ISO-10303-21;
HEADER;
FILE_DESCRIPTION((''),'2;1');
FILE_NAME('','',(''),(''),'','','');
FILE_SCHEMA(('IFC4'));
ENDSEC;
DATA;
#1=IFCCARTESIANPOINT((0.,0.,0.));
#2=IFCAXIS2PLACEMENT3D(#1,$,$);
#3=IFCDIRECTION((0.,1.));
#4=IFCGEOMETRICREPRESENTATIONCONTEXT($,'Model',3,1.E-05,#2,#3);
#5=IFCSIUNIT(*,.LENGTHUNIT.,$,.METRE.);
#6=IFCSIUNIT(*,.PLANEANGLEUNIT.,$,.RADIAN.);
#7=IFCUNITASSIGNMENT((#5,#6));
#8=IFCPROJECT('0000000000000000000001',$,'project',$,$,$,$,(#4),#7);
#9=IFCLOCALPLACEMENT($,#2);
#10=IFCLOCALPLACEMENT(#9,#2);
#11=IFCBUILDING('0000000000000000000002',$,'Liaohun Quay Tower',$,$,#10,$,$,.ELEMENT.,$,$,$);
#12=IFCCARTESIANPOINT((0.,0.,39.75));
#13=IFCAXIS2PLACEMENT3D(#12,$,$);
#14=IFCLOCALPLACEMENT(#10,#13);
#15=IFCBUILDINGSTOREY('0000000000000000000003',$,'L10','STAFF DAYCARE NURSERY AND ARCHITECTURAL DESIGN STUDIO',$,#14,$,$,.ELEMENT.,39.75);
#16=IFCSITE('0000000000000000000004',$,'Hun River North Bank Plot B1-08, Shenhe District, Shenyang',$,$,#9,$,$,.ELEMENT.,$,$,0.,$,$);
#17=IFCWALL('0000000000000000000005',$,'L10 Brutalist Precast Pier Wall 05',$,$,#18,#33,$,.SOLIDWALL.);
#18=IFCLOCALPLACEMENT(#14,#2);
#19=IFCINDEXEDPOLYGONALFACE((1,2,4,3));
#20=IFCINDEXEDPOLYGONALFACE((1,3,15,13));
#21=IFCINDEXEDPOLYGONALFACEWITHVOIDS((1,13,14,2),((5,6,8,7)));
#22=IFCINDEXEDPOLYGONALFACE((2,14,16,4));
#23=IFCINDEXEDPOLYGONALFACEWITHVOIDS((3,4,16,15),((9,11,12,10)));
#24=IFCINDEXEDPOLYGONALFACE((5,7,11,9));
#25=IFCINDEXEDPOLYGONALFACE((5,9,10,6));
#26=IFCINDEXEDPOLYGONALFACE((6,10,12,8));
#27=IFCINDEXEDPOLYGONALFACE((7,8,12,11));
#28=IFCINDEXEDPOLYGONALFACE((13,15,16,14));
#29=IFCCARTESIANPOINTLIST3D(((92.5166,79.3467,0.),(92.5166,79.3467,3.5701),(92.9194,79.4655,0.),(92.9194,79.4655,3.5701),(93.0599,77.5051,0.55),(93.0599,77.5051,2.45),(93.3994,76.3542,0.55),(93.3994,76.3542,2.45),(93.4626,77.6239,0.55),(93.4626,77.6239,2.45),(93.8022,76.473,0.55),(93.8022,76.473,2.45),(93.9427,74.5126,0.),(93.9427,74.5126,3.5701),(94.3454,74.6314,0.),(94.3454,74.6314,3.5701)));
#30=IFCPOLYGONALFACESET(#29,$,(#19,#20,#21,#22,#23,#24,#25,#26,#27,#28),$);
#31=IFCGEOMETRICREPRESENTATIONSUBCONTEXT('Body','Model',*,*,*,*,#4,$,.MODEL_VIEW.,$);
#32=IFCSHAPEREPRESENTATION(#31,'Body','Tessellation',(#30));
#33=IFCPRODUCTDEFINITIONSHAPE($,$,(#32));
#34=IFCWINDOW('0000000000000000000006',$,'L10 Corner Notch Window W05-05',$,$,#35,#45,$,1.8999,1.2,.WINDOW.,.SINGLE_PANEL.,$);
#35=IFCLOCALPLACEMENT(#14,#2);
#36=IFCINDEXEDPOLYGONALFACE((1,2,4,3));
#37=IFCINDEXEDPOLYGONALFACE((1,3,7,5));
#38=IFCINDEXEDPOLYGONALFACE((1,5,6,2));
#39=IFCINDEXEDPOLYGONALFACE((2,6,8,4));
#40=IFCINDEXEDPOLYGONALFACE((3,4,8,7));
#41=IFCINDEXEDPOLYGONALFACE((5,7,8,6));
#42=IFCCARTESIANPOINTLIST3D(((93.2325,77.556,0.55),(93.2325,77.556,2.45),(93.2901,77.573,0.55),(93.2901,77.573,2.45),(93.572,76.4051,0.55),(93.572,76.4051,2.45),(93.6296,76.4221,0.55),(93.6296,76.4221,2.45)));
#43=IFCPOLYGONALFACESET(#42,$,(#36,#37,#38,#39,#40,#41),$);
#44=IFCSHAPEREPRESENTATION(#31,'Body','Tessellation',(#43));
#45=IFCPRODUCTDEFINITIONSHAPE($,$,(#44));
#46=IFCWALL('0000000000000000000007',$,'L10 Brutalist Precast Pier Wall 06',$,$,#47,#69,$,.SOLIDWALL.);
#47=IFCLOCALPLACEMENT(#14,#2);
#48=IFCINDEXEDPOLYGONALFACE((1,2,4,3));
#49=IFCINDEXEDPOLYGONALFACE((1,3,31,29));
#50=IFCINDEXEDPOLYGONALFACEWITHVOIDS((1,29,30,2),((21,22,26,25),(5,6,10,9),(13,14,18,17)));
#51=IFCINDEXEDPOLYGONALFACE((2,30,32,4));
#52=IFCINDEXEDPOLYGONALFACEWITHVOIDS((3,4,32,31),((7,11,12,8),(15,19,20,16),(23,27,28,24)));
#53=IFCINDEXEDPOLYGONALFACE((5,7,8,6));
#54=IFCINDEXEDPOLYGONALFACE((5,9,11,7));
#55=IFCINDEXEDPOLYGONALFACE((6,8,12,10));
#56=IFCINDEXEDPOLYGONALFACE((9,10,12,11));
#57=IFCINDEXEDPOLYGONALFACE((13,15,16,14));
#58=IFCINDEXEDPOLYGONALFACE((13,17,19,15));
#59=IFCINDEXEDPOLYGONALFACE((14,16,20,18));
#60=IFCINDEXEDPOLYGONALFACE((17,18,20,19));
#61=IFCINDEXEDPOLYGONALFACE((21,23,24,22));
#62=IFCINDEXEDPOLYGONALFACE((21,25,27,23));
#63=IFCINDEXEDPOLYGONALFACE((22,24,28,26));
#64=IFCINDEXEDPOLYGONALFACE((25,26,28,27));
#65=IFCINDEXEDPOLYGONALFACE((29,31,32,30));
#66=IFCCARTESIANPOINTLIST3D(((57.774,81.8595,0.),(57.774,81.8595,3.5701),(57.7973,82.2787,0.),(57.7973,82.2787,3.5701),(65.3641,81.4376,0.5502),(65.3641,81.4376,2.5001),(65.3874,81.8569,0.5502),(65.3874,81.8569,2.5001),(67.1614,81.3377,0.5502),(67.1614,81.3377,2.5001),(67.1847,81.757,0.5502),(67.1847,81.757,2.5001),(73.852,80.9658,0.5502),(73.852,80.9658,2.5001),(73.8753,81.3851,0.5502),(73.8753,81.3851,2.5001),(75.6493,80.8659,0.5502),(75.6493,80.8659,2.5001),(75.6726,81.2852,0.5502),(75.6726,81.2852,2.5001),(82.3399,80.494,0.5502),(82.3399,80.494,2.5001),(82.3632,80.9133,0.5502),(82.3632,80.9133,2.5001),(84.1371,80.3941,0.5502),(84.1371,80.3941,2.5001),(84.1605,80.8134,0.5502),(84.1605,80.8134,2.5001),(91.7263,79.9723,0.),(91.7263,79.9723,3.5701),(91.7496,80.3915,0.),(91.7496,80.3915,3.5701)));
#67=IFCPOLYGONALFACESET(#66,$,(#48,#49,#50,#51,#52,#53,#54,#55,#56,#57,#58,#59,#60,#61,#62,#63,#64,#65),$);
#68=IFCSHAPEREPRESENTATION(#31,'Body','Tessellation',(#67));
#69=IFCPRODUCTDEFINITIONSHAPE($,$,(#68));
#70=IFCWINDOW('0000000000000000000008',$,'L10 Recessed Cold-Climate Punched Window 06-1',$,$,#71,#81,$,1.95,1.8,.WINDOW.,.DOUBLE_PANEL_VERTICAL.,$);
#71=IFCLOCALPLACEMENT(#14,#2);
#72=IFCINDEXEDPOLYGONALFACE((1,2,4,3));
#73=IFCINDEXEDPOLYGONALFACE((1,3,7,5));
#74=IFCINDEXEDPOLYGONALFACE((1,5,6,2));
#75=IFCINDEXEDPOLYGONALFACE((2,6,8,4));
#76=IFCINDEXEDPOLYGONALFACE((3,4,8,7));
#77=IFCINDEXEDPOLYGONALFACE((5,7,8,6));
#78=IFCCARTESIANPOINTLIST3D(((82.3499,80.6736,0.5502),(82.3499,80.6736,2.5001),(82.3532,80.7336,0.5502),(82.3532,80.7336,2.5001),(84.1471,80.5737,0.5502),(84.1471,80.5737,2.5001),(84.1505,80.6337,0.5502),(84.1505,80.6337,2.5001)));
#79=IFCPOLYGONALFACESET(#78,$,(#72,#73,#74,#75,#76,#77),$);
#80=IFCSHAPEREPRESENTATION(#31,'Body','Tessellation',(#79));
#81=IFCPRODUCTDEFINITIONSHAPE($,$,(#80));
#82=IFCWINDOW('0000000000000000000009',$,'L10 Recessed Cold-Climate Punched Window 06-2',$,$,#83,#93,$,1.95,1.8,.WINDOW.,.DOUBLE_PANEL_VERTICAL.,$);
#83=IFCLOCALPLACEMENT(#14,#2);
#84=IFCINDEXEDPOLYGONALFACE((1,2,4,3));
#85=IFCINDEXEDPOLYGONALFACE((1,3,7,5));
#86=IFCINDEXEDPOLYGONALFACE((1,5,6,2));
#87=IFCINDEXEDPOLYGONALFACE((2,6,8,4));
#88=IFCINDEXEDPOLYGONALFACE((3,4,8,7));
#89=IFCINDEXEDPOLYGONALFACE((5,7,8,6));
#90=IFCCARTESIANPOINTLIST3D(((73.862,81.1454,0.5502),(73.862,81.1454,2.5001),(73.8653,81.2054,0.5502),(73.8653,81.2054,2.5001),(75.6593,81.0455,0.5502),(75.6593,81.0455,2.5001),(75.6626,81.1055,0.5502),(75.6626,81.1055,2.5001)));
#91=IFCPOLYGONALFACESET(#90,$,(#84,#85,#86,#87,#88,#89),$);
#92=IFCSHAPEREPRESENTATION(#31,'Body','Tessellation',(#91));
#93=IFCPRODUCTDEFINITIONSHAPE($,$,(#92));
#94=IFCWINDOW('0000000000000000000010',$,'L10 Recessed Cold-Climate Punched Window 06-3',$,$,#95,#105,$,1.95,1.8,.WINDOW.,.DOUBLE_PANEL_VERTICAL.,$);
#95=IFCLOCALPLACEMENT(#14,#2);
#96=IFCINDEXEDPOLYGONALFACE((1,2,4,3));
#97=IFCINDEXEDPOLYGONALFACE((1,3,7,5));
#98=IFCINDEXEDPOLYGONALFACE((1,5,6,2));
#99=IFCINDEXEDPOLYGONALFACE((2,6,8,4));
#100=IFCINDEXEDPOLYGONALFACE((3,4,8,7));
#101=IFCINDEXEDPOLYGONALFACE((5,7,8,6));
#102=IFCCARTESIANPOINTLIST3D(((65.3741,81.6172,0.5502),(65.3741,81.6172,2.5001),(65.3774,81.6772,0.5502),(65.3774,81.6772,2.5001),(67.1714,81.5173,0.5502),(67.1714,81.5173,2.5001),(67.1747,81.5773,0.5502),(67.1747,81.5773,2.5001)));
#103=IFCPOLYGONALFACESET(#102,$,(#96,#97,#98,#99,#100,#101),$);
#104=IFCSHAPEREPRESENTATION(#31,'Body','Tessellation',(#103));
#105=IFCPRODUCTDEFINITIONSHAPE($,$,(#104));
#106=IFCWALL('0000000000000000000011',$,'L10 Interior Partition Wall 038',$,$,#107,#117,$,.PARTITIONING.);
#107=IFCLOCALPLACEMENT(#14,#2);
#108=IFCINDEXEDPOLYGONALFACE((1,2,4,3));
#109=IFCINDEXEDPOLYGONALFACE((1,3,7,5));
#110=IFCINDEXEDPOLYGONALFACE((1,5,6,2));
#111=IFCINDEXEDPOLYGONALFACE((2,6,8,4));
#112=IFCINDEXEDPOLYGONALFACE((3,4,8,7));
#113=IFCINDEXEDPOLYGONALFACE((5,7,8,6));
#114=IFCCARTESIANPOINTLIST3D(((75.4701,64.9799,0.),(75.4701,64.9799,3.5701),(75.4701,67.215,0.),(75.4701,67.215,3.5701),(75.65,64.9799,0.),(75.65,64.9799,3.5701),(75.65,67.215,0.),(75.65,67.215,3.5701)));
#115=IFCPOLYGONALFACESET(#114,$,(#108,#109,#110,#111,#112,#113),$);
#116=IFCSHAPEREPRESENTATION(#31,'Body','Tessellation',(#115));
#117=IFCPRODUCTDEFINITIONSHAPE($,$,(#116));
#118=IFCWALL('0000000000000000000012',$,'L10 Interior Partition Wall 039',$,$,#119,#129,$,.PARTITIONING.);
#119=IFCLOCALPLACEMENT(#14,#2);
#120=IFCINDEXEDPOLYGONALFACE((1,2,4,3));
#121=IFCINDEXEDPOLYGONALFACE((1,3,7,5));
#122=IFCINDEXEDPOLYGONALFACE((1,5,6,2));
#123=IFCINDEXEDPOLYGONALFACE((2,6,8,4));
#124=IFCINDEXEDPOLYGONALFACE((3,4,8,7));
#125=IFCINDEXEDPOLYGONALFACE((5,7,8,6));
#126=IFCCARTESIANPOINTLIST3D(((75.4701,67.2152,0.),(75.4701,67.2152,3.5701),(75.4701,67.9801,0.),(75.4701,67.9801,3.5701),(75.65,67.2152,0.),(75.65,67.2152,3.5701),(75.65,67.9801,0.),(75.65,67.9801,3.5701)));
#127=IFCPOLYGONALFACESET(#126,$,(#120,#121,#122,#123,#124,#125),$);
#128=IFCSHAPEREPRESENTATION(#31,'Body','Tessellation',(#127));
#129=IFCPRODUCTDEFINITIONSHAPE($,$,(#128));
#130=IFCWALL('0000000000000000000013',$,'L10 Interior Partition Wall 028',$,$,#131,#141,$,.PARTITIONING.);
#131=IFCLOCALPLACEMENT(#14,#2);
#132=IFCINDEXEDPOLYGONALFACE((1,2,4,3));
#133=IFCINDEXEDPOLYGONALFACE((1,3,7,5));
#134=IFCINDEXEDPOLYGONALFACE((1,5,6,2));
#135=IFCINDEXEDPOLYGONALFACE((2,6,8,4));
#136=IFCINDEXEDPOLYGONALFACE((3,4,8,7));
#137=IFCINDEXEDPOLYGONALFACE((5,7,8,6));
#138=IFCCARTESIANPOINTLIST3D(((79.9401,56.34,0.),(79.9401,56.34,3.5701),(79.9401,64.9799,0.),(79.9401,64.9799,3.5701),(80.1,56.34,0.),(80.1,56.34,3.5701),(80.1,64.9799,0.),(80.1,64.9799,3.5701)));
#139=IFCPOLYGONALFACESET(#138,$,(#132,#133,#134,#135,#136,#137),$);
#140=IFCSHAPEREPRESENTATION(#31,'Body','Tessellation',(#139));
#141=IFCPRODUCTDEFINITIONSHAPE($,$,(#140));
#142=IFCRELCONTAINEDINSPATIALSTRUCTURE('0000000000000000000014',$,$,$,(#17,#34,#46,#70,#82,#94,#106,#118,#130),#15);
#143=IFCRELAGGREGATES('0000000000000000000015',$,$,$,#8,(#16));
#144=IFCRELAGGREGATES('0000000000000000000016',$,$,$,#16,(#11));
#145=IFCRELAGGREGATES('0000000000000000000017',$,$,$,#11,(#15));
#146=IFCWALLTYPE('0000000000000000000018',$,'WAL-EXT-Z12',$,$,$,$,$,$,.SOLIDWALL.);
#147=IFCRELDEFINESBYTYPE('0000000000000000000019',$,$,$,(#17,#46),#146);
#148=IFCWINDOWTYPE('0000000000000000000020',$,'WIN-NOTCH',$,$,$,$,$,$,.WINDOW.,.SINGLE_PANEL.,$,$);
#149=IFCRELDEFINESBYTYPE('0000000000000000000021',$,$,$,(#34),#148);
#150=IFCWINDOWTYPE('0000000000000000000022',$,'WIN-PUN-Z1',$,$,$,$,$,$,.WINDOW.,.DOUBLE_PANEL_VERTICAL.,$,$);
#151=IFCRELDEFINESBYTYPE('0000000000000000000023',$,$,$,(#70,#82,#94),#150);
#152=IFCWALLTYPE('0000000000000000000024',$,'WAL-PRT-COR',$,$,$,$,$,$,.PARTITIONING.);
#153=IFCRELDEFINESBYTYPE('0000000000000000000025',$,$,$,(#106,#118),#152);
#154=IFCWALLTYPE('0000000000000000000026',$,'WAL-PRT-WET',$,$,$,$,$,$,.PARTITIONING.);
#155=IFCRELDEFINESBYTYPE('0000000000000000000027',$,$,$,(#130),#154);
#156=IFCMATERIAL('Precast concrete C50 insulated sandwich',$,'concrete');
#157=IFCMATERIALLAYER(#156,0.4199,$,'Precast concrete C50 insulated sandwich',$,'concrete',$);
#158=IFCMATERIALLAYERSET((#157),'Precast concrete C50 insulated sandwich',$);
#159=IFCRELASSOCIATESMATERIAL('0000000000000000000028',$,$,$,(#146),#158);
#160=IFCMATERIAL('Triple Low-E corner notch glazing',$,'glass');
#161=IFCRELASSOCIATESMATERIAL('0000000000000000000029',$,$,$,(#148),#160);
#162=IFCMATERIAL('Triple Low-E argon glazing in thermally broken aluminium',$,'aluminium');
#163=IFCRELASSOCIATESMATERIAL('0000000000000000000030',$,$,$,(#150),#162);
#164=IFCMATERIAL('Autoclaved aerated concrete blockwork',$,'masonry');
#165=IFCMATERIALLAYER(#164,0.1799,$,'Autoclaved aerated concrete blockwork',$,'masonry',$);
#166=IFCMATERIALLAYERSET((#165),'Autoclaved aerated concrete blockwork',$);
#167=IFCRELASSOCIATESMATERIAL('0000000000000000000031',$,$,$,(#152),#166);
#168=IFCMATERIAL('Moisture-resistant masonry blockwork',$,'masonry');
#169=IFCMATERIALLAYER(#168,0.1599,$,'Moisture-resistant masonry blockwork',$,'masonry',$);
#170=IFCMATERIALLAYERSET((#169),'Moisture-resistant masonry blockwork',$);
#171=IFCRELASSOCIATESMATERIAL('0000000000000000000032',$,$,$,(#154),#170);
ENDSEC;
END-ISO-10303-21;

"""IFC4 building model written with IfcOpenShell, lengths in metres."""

from ifc_helpers import new_model, si_unit, direction, frame, frame_2d, origin, place, context, subcontext, project, spatial, rectangle, extrude, source, transform, mapped, material, layer, layer_set, type_object, element, fill, save


model = new_model("IFC4")

# Units and contexts
model_context = context("Model", 3, precision=1e-05, world=origin(), true_north=direction((0.0, 1.0)))
body_context = subcontext(model_context, "Body", "Model", "MODEL_VIEW")
ifc_project = project(units=[si_unit("LENGTHUNIT", "METRE"), si_unit("PLANEANGLEUNIT", "RADIAN")], contexts=[model_context])

# Site, building, storey
site_placement = place(None, origin())
site = spatial("IfcSite", under=ifc_project, at=site_placement, Name="Hun River North Bank Plot B1-08, Shenhe District, Shenyang", CompositionType="ELEMENT", RefElevation=0.0)
building_placement = place(site_placement, origin())
building = spatial("IfcBuilding", under=site, at=building_placement, Name="Liaohun Quay Tower", CompositionType="ELEMENT")
storey_placement = place(building_placement, frame((0.0, 0.0, 39.75)))
storey = spatial("IfcBuildingStorey", under=building, at=storey_placement, Name="L10", Description="STAFF DAYCARE NURSERY AND ARCHITECTURAL DESIGN STUDIO", CompositionType="ELEMENT", Elevation=39.75)

# Wall, opening, window
ifc_material_1 = material(Name="Precast concrete C50 insulated sandwich", Category="concrete")
ifc_layer_1 = layer(ifc_material_1, 0.4199, Name="Precast concrete C50 insulated sandwich", Category="concrete")
ifc_layer_set_1 = layer_set([ifc_layer_1], Name="Precast concrete C50 insulated sandwich")
wall_type_1 = type_object("IfcWallType", Name="WAL-EXT-Z12", PredefinedType="SOLIDWALL", material=ifc_layer_set_1)
shared_shape_1 = source(origin(), body_context, "Body", "SweptSolid", [
    extrude(rectangle(XDim=1.2, YDim=1.8999, at=frame_2d((0.6001, 0.95))), frame((0.0, 0.22, 0.0), z_axis=(0.0, -1.0, 0.0), x_axis=(1.0, 0.0, 0.0)), (0.0, 0.0, 1.0), 0.4399),
])
ifc_material_2 = material(Name="Triple Low-E corner notch glazing", Category="glass")
window_type_1 = type_object("IfcWindowType", Name="WIN-NOTCH", PartitioningType="SINGLE_PANEL", PredefinedType="WINDOW", material=ifc_material_2)
shared_shape_2 = source(origin(), body_context, "Body", "SweptSolid", [
    extrude(rectangle(XDim=1.2, YDim=1.8999, at=frame_2d((0.6001, 0.95))), frame((0.0, 0.03, 0.0), z_axis=(0.0, -1.0, 0.0), x_axis=(1.0, 0.0, 0.0)), (0.0, 0.0, 1.0), 0.0601),
])
wall_1_placement = place(storey_placement, frame((94.144, 74.572, 0.0), z_axis=(0.0, 0.0, 1.0), x_axis=(-0.282945, 0.959136, 0.0)))
wall_1 = element("IfcWall", 1, at=wall_1_placement, inside=storey, type_object=wall_type_1, Name="L10 Brutalist Precast Pier Wall 05", PredefinedType="SOLIDWALL", context=body_context, shape_type="SweptSolid", body=[
    extrude(rectangle(XDim=5.04, YDim=0.4199, at=frame_2d((2.52, 0.0))), origin(), (0.0, 0.0, 1.0), 3.5701),
])
opening_1_placement = place(wall_1_placement, frame((1.9199, 0.0, 0.55)))
opening_1 = element("IfcOpeningElement", 2, at=opening_1_placement, cuts=wall_1, PredefinedType="OPENING", context=body_context, shape_type="MappedRepresentation", body=[
    mapped(shared_shape_1, transform((0.0, 0.0, 0.0), x_axis=(1.0, 0.0, 0.0), y_axis=(0.0, 1.0, 0.0), z_axis=(0.0, 0.0, 1.0), scale=1.0)),
])
window_1_placement = place(opening_1_placement, origin())
window_1 = element("IfcWindow", 3, at=window_1_placement, inside=storey, type_object=window_type_1, Name="L10 Corner Notch Window W05-05", OverallHeight=1.8999, OverallWidth=1.2, PartitioningType="SINGLE_PANEL", PredefinedType="WINDOW", context=body_context, shape_type="MappedRepresentation", body=[
    mapped(shared_shape_2, transform((0.0, 0.0, 0.0), x_axis=(1.0, 0.0, 0.0), y_axis=(0.0, 1.0, 0.0), z_axis=(0.0, 0.0, 1.0), scale=1.0)),
])
fill(opening_1, window_1)

# Wall, openings, windows
wall_2_placement = place(storey_placement, frame((91.738, 80.1819, 0.0), z_axis=(0.0, 0.0, 1.0), x_axis=(-0.998459, 0.055499, 0.0)))
wall_2 = element("IfcWall", 4, at=wall_2_placement, inside=storey, type_object=wall_type_1, Name="L10 Brutalist Precast Pier Wall 06", PredefinedType="SOLIDWALL", context=body_context, shape_type="SweptSolid", body=[
    extrude(rectangle(XDim=34.0046, YDim=0.4199, at=frame_2d((17.0024, 0.0))), origin(), (0.0, 0.0, 1.0), 3.5701),
])
shared_shape_3 = source(origin(), body_context, "Body", "SweptSolid", [
    extrude(rectangle(XDim=1.8, YDim=1.95, at=frame_2d((0.8999, 0.9751))), frame((0.0, 0.22, 0.0), z_axis=(0.0, -1.0, 0.0), x_axis=(1.0, 0.0, 0.0)), (0.0, 0.0, 1.0), 0.4399),
])
opening_2_placement = place(wall_2_placement, frame((7.6011, 0.0, 0.55)))
opening_2 = element("IfcOpeningElement", 5, at=opening_2_placement, cuts=wall_2, PredefinedType="OPENING", context=body_context, shape_type="MappedRepresentation", body=[
    mapped(shared_shape_3, transform((0.0, 0.0, 0.0), x_axis=(1.0, 0.0, 0.0), y_axis=(0.0, 1.0, 0.0), z_axis=(0.0, 0.0, 1.0), scale=1.0)),
])
opening_3_placement = place(wall_2_placement, frame((16.1021, 0.0, 0.55)))
opening_3 = element("IfcOpeningElement", 6, at=opening_3_placement, cuts=wall_2, PredefinedType="OPENING", context=body_context, shape_type="MappedRepresentation", body=[
    mapped(shared_shape_3, transform((0.0, 0.0, 0.0), x_axis=(1.0, 0.0, 0.0), y_axis=(0.0, 1.0, 0.0), z_axis=(0.0, 0.0, 1.0), scale=1.0)),
])
opening_4_placement = place(wall_2_placement, frame((24.603, 0.0, 0.55)))
opening_4 = element("IfcOpeningElement", 7, at=opening_4_placement, cuts=wall_2, PredefinedType="OPENING", context=body_context, shape_type="MappedRepresentation", body=[
    mapped(shared_shape_3, transform((0.0, 0.0, 0.0), x_axis=(1.0, 0.0, 0.0), y_axis=(0.0, 1.0, 0.0), z_axis=(0.0, 0.0, 1.0), scale=1.0)),
])
ifc_material_3 = material(Name="Triple Low-E argon glazing in thermally broken aluminium", Category="aluminium")
window_type_2 = type_object("IfcWindowType", Name="WIN-PUN-Z1", PartitioningType="DOUBLE_PANEL_VERTICAL", PredefinedType="WINDOW", material=ifc_material_3)
shared_shape_4 = source(origin(), body_context, "Body", "SweptSolid", [
    extrude(rectangle(XDim=1.8, YDim=1.95, at=frame_2d((0.8999, 0.9751))), frame((0.0, 0.03, 0.0), z_axis=(0.0, -1.0, 0.0), x_axis=(1.0, 0.0, 0.0)), (0.0, 0.0, 1.0), 0.0601),
])
window_2_placement = place(opening_2_placement, origin())
window_2 = element("IfcWindow", 8, at=window_2_placement, inside=storey, type_object=window_type_2, Name="L10 Recessed Cold-Climate Punched Window 06-1", OverallHeight=1.95, OverallWidth=1.8, PartitioningType="DOUBLE_PANEL_VERTICAL", PredefinedType="WINDOW", context=body_context, shape_type="MappedRepresentation", body=[
    mapped(shared_shape_4, transform((0.0, 0.0, 0.0), x_axis=(1.0, 0.0, 0.0), y_axis=(0.0, 1.0, 0.0), z_axis=(0.0, 0.0, 1.0), scale=1.0)),
])
fill(opening_2, window_2)
window_3_placement = place(opening_3_placement, origin())
window_3 = element("IfcWindow", 9, at=window_3_placement, inside=storey, type_object=window_type_2, Name="L10 Recessed Cold-Climate Punched Window 06-2", OverallHeight=1.95, OverallWidth=1.8, PartitioningType="DOUBLE_PANEL_VERTICAL", PredefinedType="WINDOW", context=body_context, shape_type="MappedRepresentation", body=[
    mapped(shared_shape_4, transform((0.0, 0.0, 0.0), x_axis=(1.0, 0.0, 0.0), y_axis=(0.0, 1.0, 0.0), z_axis=(0.0, 0.0, 1.0), scale=1.0)),
])
fill(opening_3, window_3)
window_4_placement = place(opening_4_placement, origin())
window_4 = element("IfcWindow", 10, at=window_4_placement, inside=storey, type_object=window_type_2, Name="L10 Recessed Cold-Climate Punched Window 06-3", OverallHeight=1.95, OverallWidth=1.8, PartitioningType="DOUBLE_PANEL_VERTICAL", PredefinedType="WINDOW", context=body_context, shape_type="MappedRepresentation", body=[
    mapped(shared_shape_4, transform((0.0, 0.0, 0.0), x_axis=(1.0, 0.0, 0.0), y_axis=(0.0, 1.0, 0.0), z_axis=(0.0, 0.0, 1.0), scale=1.0)),
])
fill(opening_4, window_4)

# Walls
ifc_material_4 = material(Name="Autoclaved aerated concrete blockwork", Category="masonry")
ifc_layer_2 = layer(ifc_material_4, 0.1799, Name="Autoclaved aerated concrete blockwork", Category="masonry")
ifc_layer_set_2 = layer_set([ifc_layer_2], Name="Autoclaved aerated concrete blockwork")
wall_type_2 = type_object("IfcWallType", Name="WAL-PRT-COR", PredefinedType="PARTITIONING", material=ifc_layer_set_2)
wall_3_placement = place(storey_placement, frame((75.5601, 67.2151, 0.0), z_axis=(0.0, 0.0, 1.0), x_axis=(0.0, -1.0, 0.0)))
element("IfcWall", 11, at=wall_3_placement, inside=storey, type_object=wall_type_2, Name="L10 Interior Partition Wall 038", PredefinedType="PARTITIONING", context=body_context, shape_type="SweptSolid", body=[
    extrude(rectangle(XDim=2.2351, YDim=0.1799, at=frame_2d((1.1177, 0.0))), origin(), (0.0, 0.0, 1.0), 3.5701),
])
wall_4_placement = place(storey_placement, frame((75.5601, 67.98, 0.0), z_axis=(0.0, 0.0, 1.0), x_axis=(0.0, -1.0, 0.0)))
element("IfcWall", 12, at=wall_4_placement, inside=storey, type_object=wall_type_2, Name="L10 Interior Partition Wall 039", PredefinedType="PARTITIONING", context=body_context, shape_type="SweptSolid", body=[
    extrude(rectangle(XDim=0.7649, YDim=0.1799, at=frame_2d((0.3823, 0.0))), origin(), (0.0, 0.0, 1.0), 3.5701),
])
ifc_material_5 = material(Name="Moisture-resistant masonry blockwork", Category="masonry")
ifc_layer_3 = layer(ifc_material_5, 0.1599, Name="Moisture-resistant masonry blockwork", Category="masonry")
ifc_layer_set_3 = layer_set([ifc_layer_3], Name="Moisture-resistant masonry blockwork")
wall_type_3 = type_object("IfcWallType", Name="WAL-PRT-WET", PredefinedType="PARTITIONING", material=ifc_layer_set_3)
wall_5_placement = place(storey_placement, frame((80.02, 56.3401, 0.0), z_axis=(0.0, 0.0, 1.0), x_axis=(0.0, 1.0, 0.0)))
element("IfcWall", 13, at=wall_5_placement, inside=storey, type_object=wall_type_3, Name="L10 Interior Partition Wall 028", PredefinedType="PARTITIONING", context=body_context, shape_type="SweptSolid", body=[
    extrude(rectangle(XDim=8.6399, YDim=0.1599, at=frame_2d((4.3198, 0.0))), origin(), (0.0, 0.0, 1.0), 3.5701),
])

save(model, "model.ifc")
